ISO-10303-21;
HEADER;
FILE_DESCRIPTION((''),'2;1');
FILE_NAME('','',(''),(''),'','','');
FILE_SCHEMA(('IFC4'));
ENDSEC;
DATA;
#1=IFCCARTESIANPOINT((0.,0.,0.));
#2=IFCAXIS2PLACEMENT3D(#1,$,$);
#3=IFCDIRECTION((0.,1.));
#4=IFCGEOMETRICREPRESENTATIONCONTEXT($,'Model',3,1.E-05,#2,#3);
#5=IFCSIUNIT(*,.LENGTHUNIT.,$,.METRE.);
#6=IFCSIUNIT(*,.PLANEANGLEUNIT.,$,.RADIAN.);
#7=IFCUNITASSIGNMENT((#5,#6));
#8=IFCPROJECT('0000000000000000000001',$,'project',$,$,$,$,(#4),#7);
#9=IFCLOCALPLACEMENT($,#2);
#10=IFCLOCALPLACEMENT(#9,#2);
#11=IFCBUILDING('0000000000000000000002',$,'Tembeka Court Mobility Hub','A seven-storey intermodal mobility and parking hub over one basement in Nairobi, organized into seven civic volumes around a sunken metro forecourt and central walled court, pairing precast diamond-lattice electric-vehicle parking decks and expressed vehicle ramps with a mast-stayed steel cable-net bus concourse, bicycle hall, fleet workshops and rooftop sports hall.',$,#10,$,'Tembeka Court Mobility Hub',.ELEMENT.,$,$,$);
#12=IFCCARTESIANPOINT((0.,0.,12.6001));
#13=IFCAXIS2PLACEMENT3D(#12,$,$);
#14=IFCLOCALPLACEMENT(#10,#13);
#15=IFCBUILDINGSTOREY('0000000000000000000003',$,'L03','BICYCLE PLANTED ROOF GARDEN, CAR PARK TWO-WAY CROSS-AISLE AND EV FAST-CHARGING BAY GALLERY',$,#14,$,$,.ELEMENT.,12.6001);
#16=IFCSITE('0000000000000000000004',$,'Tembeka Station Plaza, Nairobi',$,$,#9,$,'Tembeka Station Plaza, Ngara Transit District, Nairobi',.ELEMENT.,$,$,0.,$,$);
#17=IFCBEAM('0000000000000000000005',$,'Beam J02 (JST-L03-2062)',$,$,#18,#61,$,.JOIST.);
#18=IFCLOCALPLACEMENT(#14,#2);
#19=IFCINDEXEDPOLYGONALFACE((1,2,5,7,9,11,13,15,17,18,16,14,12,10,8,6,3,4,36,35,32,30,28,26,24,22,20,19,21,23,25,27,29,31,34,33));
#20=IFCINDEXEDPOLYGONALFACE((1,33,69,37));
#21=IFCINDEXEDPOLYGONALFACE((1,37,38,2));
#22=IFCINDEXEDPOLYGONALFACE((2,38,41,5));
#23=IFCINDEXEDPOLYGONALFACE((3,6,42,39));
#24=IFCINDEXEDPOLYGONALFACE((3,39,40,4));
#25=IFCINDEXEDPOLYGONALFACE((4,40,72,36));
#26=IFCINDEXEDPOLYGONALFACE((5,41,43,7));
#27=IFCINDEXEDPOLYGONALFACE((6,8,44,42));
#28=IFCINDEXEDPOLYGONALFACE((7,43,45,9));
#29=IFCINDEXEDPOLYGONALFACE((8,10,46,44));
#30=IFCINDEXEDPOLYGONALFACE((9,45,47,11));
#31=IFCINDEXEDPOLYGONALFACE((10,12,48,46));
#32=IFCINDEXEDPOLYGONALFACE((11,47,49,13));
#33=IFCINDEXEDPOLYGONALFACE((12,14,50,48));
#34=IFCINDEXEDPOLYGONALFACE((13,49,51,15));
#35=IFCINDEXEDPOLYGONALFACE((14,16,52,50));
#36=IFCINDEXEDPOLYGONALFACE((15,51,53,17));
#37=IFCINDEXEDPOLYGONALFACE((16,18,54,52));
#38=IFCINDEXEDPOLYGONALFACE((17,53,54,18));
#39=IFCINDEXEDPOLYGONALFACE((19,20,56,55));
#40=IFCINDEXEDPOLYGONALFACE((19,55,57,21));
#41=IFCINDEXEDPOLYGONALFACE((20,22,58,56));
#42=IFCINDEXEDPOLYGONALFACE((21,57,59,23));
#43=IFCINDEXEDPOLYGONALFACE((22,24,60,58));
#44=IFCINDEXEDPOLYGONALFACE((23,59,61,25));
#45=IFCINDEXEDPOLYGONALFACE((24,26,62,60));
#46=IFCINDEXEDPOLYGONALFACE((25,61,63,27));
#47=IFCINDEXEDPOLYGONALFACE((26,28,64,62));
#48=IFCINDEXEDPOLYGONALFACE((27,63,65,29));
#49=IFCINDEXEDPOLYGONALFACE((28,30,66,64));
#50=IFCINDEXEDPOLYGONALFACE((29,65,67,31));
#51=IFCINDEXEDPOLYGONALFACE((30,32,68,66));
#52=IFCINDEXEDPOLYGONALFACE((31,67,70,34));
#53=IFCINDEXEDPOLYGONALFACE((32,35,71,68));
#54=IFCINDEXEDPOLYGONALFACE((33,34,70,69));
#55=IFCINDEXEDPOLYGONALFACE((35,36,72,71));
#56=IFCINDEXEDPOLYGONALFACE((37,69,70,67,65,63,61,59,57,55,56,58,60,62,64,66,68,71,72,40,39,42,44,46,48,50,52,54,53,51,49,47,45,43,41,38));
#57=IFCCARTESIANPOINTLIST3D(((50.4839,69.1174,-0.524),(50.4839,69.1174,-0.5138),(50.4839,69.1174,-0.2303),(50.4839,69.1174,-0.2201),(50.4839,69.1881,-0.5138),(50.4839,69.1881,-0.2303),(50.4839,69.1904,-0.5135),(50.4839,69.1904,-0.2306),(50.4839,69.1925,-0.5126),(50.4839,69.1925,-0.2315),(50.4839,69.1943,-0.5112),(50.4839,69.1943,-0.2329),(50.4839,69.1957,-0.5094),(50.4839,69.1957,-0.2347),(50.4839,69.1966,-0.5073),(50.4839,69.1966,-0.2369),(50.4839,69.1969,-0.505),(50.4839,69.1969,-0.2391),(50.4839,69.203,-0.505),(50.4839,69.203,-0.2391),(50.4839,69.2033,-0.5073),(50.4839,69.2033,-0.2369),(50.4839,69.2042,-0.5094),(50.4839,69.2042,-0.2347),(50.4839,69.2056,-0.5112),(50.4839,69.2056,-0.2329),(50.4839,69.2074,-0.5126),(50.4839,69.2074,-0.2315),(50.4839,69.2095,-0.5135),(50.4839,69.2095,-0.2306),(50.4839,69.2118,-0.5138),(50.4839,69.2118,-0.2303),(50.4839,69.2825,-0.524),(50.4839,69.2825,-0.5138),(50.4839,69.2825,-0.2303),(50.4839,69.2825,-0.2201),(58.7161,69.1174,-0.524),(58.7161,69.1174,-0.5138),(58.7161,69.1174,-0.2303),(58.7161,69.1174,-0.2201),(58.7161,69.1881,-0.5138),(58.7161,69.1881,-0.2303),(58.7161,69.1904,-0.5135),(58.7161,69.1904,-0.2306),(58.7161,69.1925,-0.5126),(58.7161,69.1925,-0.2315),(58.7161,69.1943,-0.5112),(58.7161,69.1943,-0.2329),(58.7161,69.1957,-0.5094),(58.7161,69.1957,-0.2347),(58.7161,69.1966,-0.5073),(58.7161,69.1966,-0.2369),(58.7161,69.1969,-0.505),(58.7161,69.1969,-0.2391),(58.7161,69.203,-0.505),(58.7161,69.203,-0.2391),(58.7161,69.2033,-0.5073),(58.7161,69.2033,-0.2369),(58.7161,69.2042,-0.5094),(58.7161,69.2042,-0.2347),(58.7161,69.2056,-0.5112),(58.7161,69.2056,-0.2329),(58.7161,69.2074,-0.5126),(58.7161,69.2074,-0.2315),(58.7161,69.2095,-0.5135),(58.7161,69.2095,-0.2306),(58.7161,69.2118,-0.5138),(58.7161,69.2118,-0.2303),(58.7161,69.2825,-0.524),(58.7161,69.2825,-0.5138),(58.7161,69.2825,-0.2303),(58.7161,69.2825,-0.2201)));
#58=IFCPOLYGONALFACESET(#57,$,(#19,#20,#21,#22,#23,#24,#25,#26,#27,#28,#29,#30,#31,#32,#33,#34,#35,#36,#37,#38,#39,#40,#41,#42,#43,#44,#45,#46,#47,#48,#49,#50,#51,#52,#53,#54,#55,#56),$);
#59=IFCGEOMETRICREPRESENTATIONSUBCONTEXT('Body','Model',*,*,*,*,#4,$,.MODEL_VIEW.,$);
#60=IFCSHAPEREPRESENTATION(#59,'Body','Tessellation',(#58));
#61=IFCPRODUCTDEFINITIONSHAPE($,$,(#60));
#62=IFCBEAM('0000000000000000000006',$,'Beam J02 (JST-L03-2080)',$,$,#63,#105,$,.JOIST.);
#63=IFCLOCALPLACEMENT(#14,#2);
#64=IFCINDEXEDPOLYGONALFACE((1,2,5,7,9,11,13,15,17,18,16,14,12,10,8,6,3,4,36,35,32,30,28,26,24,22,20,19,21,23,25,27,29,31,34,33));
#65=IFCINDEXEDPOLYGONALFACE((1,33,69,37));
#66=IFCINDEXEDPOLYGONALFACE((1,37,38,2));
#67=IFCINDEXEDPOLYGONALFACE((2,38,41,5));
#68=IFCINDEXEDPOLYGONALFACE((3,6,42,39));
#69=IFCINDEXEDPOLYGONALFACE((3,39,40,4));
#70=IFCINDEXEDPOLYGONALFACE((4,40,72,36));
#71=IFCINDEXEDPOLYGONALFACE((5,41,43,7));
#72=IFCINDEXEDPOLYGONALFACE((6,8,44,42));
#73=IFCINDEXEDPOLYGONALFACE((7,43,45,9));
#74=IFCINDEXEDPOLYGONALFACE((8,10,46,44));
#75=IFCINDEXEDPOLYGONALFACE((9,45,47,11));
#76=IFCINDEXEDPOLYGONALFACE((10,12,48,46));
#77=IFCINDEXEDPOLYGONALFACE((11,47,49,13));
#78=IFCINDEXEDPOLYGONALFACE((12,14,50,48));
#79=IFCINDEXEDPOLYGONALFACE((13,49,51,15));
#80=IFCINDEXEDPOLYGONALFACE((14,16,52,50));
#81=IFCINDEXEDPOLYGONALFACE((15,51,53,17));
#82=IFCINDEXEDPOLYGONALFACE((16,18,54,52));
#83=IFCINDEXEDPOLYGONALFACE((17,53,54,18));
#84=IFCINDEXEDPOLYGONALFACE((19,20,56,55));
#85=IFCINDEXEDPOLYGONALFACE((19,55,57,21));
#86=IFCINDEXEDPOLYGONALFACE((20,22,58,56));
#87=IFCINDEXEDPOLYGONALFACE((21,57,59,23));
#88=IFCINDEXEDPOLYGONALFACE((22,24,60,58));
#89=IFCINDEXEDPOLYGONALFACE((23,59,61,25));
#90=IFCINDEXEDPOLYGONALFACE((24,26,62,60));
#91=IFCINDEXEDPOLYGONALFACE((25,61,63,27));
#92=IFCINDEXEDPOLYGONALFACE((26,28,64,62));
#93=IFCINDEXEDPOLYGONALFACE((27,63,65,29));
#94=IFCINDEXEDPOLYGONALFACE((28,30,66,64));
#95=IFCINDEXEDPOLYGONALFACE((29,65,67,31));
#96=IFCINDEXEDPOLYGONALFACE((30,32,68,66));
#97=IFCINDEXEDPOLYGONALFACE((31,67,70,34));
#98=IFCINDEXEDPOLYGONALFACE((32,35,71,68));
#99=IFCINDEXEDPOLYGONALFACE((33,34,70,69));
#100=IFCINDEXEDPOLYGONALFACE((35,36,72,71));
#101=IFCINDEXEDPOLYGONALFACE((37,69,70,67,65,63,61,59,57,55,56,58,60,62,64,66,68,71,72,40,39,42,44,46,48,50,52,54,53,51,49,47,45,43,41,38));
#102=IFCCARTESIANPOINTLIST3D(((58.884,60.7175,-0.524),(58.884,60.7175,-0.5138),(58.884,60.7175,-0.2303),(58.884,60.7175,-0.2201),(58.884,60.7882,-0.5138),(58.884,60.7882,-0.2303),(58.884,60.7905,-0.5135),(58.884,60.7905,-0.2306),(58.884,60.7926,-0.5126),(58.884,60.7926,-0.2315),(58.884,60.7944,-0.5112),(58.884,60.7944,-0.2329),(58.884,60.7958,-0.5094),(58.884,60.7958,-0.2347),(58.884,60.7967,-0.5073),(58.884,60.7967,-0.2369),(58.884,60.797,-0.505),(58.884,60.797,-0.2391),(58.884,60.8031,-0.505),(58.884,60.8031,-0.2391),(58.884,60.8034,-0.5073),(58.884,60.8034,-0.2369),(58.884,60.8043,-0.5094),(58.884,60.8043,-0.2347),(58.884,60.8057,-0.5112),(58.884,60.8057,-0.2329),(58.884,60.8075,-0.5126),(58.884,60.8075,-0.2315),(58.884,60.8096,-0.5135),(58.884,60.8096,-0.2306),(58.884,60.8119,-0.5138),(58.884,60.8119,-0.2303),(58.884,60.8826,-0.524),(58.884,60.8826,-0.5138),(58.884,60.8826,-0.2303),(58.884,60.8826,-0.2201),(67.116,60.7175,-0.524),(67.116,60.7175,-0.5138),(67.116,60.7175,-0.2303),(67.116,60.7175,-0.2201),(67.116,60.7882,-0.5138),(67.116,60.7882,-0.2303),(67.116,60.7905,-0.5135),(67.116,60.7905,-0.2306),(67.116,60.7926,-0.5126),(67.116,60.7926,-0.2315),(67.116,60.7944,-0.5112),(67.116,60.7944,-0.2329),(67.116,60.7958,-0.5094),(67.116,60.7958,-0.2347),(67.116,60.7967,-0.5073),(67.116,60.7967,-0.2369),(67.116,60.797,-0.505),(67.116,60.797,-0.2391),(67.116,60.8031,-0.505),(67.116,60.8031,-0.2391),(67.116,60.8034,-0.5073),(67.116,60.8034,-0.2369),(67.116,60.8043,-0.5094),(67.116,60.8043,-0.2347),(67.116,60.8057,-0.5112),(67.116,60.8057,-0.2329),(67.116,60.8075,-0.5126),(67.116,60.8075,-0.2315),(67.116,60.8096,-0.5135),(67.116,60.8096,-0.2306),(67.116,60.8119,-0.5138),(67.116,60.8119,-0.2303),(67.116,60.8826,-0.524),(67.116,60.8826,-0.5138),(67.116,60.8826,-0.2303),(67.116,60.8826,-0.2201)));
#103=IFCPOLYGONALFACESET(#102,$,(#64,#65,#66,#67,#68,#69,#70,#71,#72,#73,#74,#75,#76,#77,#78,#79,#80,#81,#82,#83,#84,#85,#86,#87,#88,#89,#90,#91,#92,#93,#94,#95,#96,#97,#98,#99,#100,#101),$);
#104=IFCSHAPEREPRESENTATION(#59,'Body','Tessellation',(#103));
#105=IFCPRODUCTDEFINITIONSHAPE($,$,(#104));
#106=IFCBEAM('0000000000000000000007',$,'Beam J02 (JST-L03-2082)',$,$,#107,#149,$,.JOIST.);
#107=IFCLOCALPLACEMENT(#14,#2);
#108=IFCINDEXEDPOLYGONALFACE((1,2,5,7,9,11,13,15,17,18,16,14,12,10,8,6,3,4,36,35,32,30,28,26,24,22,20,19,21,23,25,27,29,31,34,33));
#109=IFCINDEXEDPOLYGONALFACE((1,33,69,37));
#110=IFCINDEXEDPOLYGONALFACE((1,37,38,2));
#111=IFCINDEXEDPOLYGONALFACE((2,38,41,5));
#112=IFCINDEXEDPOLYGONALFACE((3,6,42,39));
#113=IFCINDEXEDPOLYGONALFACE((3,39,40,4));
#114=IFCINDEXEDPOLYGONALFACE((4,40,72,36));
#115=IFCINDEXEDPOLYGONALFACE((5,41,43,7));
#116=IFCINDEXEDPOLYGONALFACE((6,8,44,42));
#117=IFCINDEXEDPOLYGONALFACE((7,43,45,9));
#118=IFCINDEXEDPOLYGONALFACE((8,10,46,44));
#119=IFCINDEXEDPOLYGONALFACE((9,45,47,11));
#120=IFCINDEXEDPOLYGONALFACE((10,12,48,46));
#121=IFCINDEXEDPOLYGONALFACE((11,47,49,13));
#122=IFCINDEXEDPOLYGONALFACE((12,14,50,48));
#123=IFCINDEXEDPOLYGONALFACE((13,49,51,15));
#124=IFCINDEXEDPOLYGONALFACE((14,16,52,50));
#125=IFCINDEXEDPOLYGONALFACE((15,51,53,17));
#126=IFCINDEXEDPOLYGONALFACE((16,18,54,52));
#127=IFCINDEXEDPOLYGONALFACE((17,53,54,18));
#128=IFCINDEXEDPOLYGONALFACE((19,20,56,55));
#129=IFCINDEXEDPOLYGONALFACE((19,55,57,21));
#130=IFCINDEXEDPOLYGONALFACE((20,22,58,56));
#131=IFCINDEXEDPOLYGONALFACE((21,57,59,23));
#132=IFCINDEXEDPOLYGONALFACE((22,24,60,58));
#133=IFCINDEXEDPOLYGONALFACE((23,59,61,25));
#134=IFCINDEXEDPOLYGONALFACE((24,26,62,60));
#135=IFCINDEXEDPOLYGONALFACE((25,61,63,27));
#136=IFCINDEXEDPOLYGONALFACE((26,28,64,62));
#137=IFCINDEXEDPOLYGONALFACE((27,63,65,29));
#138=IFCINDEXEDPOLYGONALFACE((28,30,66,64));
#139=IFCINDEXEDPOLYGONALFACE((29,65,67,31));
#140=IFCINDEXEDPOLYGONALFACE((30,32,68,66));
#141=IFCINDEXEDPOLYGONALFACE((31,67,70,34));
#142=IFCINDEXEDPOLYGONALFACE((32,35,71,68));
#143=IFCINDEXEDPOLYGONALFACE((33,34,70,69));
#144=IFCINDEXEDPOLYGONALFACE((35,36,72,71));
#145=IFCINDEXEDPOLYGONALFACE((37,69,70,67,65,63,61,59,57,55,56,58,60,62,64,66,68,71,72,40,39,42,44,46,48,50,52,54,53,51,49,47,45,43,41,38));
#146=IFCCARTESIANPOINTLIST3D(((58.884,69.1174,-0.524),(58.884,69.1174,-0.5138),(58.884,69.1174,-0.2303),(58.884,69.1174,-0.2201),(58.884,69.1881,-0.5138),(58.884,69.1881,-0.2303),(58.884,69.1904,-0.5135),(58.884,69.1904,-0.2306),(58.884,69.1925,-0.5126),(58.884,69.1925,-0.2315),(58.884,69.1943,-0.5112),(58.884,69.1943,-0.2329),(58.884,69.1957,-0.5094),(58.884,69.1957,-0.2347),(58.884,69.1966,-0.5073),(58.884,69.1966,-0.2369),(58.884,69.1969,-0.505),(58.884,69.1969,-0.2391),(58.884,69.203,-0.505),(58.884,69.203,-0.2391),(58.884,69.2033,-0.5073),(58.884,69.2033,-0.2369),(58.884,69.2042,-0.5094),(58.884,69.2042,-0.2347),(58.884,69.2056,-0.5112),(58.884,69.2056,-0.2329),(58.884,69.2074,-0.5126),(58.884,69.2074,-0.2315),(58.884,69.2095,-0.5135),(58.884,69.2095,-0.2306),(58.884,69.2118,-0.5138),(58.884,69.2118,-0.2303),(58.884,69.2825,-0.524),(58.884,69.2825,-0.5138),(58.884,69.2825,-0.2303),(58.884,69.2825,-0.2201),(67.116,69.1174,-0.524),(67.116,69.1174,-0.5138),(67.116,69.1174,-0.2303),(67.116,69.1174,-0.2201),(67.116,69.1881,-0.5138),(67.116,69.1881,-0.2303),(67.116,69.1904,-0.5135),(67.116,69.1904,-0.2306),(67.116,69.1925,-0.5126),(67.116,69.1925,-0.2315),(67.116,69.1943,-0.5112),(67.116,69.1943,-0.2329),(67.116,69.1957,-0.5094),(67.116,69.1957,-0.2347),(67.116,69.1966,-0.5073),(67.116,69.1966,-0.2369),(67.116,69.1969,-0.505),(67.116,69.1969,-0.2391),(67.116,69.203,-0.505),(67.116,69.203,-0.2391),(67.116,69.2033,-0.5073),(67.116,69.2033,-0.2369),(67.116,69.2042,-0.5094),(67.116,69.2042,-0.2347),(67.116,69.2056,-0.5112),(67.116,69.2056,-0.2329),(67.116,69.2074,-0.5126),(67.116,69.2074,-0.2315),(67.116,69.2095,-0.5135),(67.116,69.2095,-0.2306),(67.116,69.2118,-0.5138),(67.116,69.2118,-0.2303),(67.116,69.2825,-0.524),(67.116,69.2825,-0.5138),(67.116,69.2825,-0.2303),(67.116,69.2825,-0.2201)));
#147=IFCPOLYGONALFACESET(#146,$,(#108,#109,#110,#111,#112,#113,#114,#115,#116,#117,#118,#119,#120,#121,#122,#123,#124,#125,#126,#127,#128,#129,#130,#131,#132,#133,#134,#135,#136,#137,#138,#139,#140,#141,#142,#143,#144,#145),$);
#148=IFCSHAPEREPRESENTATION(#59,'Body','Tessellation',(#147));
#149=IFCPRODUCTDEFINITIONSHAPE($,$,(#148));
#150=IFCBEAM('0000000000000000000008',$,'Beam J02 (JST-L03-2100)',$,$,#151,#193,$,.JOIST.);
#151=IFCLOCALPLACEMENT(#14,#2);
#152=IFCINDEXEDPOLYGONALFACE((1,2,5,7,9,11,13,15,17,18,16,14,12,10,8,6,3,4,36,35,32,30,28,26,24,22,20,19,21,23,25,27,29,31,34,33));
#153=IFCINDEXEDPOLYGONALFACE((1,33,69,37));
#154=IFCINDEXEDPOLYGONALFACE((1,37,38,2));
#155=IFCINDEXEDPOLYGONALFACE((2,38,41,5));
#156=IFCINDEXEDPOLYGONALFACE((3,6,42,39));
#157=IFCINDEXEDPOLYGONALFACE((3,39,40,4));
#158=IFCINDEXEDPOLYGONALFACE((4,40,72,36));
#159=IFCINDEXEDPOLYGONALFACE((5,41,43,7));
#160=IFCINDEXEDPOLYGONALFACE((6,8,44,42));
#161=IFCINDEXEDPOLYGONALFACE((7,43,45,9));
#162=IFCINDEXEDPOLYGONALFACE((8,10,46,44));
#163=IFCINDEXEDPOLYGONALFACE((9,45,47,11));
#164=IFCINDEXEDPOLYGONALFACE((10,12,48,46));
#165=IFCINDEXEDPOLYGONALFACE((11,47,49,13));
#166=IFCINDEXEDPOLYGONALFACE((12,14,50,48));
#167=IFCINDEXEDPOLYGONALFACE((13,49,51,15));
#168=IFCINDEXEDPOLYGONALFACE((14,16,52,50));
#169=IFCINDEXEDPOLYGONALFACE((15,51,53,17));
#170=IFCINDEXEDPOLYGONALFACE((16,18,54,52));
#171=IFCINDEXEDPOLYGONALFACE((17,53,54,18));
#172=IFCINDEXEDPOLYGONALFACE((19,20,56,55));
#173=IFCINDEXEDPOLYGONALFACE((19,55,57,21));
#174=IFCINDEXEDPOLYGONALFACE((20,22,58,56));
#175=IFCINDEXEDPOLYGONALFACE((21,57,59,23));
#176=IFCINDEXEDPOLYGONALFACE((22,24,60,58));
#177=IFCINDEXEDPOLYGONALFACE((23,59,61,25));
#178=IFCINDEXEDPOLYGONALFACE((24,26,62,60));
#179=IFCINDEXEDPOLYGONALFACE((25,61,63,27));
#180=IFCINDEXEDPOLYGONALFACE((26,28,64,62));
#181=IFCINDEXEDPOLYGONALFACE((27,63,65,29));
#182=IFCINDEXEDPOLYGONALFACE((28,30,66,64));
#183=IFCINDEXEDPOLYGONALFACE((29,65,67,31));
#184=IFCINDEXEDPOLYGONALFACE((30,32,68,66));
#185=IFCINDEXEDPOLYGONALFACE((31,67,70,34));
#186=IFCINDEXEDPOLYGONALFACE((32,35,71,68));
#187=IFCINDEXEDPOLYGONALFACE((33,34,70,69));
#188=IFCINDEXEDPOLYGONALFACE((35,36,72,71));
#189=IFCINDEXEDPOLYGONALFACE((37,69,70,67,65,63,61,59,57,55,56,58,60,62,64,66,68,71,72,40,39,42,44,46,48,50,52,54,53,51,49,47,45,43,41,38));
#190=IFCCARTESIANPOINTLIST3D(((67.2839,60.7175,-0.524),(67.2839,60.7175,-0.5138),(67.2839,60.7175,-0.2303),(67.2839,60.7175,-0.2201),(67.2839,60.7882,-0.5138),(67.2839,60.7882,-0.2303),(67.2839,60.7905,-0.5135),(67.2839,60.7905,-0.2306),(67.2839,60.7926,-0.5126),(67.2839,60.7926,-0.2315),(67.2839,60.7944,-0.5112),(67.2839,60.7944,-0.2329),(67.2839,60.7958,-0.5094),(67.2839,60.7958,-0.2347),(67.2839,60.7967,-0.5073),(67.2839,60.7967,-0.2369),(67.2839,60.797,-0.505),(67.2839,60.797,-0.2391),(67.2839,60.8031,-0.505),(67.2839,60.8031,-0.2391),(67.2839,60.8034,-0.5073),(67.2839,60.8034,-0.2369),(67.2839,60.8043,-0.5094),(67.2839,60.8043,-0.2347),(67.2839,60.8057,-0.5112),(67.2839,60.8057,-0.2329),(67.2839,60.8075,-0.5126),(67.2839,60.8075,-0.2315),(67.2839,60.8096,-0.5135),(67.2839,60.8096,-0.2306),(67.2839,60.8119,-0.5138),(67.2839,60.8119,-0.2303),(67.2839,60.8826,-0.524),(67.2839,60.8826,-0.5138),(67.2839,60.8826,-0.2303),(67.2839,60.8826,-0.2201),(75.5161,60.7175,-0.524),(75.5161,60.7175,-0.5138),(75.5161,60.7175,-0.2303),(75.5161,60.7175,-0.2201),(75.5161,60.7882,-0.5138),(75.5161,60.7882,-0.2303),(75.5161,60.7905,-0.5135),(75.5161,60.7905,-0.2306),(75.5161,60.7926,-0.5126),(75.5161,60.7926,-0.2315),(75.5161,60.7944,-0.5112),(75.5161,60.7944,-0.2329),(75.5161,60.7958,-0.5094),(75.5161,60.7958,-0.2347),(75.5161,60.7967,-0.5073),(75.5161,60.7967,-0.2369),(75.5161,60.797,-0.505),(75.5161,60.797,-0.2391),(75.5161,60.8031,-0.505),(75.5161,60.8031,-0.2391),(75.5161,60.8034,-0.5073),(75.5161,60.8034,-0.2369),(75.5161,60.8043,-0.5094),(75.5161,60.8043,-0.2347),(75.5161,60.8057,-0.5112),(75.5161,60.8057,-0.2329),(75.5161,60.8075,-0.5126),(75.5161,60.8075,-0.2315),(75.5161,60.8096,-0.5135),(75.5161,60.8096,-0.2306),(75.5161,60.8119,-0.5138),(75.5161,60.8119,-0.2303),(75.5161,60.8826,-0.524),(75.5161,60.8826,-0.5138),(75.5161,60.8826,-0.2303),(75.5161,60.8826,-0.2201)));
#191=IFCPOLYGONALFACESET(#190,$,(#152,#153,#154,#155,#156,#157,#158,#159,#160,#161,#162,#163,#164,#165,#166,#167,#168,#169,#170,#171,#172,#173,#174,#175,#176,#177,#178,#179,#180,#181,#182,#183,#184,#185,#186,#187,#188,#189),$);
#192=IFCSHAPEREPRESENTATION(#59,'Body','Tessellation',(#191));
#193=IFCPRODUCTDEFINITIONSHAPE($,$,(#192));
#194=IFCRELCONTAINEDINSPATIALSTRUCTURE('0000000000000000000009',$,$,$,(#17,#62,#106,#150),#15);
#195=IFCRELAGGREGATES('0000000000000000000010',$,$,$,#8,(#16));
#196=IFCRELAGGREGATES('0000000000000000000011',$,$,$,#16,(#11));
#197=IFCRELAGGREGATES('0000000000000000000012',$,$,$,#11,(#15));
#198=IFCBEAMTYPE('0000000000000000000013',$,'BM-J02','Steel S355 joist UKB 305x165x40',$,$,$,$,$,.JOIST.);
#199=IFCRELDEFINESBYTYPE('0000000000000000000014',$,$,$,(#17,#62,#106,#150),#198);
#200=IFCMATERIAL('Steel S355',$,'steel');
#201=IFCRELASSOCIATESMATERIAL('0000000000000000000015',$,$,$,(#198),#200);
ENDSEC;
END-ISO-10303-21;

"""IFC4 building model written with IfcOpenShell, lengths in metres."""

from ifc_helpers import new_model, si_unit, direction, frame, origin, origin_2d, place, context, subcontext, project, spatial, i_section, extrude, material, material_profile, profile_set, type_object, element, save


model = new_model("IFC4")

# Units and contexts
model_context = context("Model", 3, precision=1e-05, world=origin(), true_north=direction((0.0, 1.0)))
body_context = subcontext(model_context, "Body", "Model", "MODEL_VIEW")
ifc_project = project(units=[si_unit("LENGTHUNIT", "METRE"), si_unit("PLANEANGLEUNIT", "RADIAN")], contexts=[model_context])

# Site, building, storey
site_placement = place(None, origin())
site = spatial("IfcSite", under=ifc_project, at=site_placement, Name="Tembeka Station Plaza, Nairobi", LongName="Tembeka Station Plaza, Ngara Transit District, Nairobi", CompositionType="ELEMENT", RefElevation=0.0)
building_placement = place(site_placement, origin())
building = spatial("IfcBuilding", under=site, at=building_placement, Name="Tembeka Court Mobility Hub", Description="A seven-storey intermodal mobility and parking hub over one basement in Nairobi, organized into seven civic volumes around a sunken metro forecourt and central walled court, pairing precast diamond-lattice electric-vehicle parking decks and expressed vehicle ramps with a mast-stayed steel cable-net bus concourse, bicycle hall, fleet workshops and rooftop sports hall.", LongName="Tembeka Court Mobility Hub", CompositionType="ELEMENT")
storey_placement = place(building_placement, frame((0.0, 0.0, 12.6001)))
storey = spatial("IfcBuildingStorey", under=building, at=storey_placement, Name="L03", Description="BICYCLE PLANTED ROOF GARDEN, CAR PARK TWO-WAY CROSS-AISLE AND EV FAST-CHARGING BAY GALLERY", CompositionType="ELEMENT", Elevation=12.6001)

# Shared definitions
ifc_material_1 = material(Name="Steel S355", Category="steel")

# Beams
ifc_material_profile_1 = material_profile(ifc_material_1, i_section(OverallWidth=0.165, OverallDepth=0.304, WebThickness=0.0061, FlangeThickness=0.0103, FilletRadius=0.0088, at=origin_2d()), Name="UKB 305x165x40")
ifc_profile_set_1 = profile_set([ifc_material_profile_1], Name="Steel S355")
beam_type_1 = type_object("IfcBeamType", Name="BM-J02", Description="Steel S355 joist UKB 305x165x40", PredefinedType="JOIST", material=ifc_profile_set_1)
beam_1_placement = place(storey_placement, frame((50.4839, 69.2, -0.3721), z_axis=(1.0, 0.0, 0.0), x_axis=(0.0, 1.0, 0.0)))
element("IfcBeam", 1, at=beam_1_placement, inside=storey, type_object=beam_type_1, Name="Beam J02 (JST-L03-2062)", PredefinedType="JOIST", context=body_context, shape_type="SweptSolid", body=[
    extrude(i_section(OverallWidth=0.165, OverallDepth=0.304, WebThickness=0.0061, FlangeThickness=0.0103, FilletRadius=0.0088, at=origin_2d()), origin(), (0.0, 0.0, 1.0), 8.2322),
])
for number, where, z_axis, x_axis, name in (
    (2, (58.884, 60.8, -0.3721), (1.0, 0.0, 0.0), (0.0, 1.0, 0.0), "Beam J02 (JST-L03-2080)"),
    (3, (58.884, 69.2, -0.3721), (1.0, 0.0, 0.0), (0.0, 1.0, 0.0), "Beam J02 (JST-L03-2082)"),
):
    element("IfcBeam", number, at=place(storey_placement, frame(where, z_axis=z_axis, x_axis=x_axis)), inside=storey, type_object=beam_type_1, Name=name, PredefinedType="JOIST", context=body_context, shape_type="SweptSolid", body=[
        extrude(i_section(OverallWidth=0.165, OverallDepth=0.304, WebThickness=0.0061, FlangeThickness=0.0103, FilletRadius=0.0088, at=origin_2d()), origin(), (0.0, 0.0, 1.0), 8.2319),
    ])
for number, where, z_axis, x_axis, name in (
    (4, (67.2839, 60.8, -0.3721), (1.0, 0.0, 0.0), (0.0, 1.0, 0.0), "Beam J02 (JST-L03-2100)"),
):
    element("IfcBeam", number, at=place(storey_placement, frame(where, z_axis=z_axis, x_axis=x_axis)), inside=storey, type_object=beam_type_1, Name=name, PredefinedType="JOIST", context=body_context, shape_type="SweptSolid", body=[
        extrude(i_section(OverallWidth=0.165, OverallDepth=0.304, WebThickness=0.0061, FlangeThickness=0.0103, FilletRadius=0.0088, at=origin_2d()), origin(), (0.0, 0.0, 1.0), 8.2322),
    ])

save(model, "model.ifc")
